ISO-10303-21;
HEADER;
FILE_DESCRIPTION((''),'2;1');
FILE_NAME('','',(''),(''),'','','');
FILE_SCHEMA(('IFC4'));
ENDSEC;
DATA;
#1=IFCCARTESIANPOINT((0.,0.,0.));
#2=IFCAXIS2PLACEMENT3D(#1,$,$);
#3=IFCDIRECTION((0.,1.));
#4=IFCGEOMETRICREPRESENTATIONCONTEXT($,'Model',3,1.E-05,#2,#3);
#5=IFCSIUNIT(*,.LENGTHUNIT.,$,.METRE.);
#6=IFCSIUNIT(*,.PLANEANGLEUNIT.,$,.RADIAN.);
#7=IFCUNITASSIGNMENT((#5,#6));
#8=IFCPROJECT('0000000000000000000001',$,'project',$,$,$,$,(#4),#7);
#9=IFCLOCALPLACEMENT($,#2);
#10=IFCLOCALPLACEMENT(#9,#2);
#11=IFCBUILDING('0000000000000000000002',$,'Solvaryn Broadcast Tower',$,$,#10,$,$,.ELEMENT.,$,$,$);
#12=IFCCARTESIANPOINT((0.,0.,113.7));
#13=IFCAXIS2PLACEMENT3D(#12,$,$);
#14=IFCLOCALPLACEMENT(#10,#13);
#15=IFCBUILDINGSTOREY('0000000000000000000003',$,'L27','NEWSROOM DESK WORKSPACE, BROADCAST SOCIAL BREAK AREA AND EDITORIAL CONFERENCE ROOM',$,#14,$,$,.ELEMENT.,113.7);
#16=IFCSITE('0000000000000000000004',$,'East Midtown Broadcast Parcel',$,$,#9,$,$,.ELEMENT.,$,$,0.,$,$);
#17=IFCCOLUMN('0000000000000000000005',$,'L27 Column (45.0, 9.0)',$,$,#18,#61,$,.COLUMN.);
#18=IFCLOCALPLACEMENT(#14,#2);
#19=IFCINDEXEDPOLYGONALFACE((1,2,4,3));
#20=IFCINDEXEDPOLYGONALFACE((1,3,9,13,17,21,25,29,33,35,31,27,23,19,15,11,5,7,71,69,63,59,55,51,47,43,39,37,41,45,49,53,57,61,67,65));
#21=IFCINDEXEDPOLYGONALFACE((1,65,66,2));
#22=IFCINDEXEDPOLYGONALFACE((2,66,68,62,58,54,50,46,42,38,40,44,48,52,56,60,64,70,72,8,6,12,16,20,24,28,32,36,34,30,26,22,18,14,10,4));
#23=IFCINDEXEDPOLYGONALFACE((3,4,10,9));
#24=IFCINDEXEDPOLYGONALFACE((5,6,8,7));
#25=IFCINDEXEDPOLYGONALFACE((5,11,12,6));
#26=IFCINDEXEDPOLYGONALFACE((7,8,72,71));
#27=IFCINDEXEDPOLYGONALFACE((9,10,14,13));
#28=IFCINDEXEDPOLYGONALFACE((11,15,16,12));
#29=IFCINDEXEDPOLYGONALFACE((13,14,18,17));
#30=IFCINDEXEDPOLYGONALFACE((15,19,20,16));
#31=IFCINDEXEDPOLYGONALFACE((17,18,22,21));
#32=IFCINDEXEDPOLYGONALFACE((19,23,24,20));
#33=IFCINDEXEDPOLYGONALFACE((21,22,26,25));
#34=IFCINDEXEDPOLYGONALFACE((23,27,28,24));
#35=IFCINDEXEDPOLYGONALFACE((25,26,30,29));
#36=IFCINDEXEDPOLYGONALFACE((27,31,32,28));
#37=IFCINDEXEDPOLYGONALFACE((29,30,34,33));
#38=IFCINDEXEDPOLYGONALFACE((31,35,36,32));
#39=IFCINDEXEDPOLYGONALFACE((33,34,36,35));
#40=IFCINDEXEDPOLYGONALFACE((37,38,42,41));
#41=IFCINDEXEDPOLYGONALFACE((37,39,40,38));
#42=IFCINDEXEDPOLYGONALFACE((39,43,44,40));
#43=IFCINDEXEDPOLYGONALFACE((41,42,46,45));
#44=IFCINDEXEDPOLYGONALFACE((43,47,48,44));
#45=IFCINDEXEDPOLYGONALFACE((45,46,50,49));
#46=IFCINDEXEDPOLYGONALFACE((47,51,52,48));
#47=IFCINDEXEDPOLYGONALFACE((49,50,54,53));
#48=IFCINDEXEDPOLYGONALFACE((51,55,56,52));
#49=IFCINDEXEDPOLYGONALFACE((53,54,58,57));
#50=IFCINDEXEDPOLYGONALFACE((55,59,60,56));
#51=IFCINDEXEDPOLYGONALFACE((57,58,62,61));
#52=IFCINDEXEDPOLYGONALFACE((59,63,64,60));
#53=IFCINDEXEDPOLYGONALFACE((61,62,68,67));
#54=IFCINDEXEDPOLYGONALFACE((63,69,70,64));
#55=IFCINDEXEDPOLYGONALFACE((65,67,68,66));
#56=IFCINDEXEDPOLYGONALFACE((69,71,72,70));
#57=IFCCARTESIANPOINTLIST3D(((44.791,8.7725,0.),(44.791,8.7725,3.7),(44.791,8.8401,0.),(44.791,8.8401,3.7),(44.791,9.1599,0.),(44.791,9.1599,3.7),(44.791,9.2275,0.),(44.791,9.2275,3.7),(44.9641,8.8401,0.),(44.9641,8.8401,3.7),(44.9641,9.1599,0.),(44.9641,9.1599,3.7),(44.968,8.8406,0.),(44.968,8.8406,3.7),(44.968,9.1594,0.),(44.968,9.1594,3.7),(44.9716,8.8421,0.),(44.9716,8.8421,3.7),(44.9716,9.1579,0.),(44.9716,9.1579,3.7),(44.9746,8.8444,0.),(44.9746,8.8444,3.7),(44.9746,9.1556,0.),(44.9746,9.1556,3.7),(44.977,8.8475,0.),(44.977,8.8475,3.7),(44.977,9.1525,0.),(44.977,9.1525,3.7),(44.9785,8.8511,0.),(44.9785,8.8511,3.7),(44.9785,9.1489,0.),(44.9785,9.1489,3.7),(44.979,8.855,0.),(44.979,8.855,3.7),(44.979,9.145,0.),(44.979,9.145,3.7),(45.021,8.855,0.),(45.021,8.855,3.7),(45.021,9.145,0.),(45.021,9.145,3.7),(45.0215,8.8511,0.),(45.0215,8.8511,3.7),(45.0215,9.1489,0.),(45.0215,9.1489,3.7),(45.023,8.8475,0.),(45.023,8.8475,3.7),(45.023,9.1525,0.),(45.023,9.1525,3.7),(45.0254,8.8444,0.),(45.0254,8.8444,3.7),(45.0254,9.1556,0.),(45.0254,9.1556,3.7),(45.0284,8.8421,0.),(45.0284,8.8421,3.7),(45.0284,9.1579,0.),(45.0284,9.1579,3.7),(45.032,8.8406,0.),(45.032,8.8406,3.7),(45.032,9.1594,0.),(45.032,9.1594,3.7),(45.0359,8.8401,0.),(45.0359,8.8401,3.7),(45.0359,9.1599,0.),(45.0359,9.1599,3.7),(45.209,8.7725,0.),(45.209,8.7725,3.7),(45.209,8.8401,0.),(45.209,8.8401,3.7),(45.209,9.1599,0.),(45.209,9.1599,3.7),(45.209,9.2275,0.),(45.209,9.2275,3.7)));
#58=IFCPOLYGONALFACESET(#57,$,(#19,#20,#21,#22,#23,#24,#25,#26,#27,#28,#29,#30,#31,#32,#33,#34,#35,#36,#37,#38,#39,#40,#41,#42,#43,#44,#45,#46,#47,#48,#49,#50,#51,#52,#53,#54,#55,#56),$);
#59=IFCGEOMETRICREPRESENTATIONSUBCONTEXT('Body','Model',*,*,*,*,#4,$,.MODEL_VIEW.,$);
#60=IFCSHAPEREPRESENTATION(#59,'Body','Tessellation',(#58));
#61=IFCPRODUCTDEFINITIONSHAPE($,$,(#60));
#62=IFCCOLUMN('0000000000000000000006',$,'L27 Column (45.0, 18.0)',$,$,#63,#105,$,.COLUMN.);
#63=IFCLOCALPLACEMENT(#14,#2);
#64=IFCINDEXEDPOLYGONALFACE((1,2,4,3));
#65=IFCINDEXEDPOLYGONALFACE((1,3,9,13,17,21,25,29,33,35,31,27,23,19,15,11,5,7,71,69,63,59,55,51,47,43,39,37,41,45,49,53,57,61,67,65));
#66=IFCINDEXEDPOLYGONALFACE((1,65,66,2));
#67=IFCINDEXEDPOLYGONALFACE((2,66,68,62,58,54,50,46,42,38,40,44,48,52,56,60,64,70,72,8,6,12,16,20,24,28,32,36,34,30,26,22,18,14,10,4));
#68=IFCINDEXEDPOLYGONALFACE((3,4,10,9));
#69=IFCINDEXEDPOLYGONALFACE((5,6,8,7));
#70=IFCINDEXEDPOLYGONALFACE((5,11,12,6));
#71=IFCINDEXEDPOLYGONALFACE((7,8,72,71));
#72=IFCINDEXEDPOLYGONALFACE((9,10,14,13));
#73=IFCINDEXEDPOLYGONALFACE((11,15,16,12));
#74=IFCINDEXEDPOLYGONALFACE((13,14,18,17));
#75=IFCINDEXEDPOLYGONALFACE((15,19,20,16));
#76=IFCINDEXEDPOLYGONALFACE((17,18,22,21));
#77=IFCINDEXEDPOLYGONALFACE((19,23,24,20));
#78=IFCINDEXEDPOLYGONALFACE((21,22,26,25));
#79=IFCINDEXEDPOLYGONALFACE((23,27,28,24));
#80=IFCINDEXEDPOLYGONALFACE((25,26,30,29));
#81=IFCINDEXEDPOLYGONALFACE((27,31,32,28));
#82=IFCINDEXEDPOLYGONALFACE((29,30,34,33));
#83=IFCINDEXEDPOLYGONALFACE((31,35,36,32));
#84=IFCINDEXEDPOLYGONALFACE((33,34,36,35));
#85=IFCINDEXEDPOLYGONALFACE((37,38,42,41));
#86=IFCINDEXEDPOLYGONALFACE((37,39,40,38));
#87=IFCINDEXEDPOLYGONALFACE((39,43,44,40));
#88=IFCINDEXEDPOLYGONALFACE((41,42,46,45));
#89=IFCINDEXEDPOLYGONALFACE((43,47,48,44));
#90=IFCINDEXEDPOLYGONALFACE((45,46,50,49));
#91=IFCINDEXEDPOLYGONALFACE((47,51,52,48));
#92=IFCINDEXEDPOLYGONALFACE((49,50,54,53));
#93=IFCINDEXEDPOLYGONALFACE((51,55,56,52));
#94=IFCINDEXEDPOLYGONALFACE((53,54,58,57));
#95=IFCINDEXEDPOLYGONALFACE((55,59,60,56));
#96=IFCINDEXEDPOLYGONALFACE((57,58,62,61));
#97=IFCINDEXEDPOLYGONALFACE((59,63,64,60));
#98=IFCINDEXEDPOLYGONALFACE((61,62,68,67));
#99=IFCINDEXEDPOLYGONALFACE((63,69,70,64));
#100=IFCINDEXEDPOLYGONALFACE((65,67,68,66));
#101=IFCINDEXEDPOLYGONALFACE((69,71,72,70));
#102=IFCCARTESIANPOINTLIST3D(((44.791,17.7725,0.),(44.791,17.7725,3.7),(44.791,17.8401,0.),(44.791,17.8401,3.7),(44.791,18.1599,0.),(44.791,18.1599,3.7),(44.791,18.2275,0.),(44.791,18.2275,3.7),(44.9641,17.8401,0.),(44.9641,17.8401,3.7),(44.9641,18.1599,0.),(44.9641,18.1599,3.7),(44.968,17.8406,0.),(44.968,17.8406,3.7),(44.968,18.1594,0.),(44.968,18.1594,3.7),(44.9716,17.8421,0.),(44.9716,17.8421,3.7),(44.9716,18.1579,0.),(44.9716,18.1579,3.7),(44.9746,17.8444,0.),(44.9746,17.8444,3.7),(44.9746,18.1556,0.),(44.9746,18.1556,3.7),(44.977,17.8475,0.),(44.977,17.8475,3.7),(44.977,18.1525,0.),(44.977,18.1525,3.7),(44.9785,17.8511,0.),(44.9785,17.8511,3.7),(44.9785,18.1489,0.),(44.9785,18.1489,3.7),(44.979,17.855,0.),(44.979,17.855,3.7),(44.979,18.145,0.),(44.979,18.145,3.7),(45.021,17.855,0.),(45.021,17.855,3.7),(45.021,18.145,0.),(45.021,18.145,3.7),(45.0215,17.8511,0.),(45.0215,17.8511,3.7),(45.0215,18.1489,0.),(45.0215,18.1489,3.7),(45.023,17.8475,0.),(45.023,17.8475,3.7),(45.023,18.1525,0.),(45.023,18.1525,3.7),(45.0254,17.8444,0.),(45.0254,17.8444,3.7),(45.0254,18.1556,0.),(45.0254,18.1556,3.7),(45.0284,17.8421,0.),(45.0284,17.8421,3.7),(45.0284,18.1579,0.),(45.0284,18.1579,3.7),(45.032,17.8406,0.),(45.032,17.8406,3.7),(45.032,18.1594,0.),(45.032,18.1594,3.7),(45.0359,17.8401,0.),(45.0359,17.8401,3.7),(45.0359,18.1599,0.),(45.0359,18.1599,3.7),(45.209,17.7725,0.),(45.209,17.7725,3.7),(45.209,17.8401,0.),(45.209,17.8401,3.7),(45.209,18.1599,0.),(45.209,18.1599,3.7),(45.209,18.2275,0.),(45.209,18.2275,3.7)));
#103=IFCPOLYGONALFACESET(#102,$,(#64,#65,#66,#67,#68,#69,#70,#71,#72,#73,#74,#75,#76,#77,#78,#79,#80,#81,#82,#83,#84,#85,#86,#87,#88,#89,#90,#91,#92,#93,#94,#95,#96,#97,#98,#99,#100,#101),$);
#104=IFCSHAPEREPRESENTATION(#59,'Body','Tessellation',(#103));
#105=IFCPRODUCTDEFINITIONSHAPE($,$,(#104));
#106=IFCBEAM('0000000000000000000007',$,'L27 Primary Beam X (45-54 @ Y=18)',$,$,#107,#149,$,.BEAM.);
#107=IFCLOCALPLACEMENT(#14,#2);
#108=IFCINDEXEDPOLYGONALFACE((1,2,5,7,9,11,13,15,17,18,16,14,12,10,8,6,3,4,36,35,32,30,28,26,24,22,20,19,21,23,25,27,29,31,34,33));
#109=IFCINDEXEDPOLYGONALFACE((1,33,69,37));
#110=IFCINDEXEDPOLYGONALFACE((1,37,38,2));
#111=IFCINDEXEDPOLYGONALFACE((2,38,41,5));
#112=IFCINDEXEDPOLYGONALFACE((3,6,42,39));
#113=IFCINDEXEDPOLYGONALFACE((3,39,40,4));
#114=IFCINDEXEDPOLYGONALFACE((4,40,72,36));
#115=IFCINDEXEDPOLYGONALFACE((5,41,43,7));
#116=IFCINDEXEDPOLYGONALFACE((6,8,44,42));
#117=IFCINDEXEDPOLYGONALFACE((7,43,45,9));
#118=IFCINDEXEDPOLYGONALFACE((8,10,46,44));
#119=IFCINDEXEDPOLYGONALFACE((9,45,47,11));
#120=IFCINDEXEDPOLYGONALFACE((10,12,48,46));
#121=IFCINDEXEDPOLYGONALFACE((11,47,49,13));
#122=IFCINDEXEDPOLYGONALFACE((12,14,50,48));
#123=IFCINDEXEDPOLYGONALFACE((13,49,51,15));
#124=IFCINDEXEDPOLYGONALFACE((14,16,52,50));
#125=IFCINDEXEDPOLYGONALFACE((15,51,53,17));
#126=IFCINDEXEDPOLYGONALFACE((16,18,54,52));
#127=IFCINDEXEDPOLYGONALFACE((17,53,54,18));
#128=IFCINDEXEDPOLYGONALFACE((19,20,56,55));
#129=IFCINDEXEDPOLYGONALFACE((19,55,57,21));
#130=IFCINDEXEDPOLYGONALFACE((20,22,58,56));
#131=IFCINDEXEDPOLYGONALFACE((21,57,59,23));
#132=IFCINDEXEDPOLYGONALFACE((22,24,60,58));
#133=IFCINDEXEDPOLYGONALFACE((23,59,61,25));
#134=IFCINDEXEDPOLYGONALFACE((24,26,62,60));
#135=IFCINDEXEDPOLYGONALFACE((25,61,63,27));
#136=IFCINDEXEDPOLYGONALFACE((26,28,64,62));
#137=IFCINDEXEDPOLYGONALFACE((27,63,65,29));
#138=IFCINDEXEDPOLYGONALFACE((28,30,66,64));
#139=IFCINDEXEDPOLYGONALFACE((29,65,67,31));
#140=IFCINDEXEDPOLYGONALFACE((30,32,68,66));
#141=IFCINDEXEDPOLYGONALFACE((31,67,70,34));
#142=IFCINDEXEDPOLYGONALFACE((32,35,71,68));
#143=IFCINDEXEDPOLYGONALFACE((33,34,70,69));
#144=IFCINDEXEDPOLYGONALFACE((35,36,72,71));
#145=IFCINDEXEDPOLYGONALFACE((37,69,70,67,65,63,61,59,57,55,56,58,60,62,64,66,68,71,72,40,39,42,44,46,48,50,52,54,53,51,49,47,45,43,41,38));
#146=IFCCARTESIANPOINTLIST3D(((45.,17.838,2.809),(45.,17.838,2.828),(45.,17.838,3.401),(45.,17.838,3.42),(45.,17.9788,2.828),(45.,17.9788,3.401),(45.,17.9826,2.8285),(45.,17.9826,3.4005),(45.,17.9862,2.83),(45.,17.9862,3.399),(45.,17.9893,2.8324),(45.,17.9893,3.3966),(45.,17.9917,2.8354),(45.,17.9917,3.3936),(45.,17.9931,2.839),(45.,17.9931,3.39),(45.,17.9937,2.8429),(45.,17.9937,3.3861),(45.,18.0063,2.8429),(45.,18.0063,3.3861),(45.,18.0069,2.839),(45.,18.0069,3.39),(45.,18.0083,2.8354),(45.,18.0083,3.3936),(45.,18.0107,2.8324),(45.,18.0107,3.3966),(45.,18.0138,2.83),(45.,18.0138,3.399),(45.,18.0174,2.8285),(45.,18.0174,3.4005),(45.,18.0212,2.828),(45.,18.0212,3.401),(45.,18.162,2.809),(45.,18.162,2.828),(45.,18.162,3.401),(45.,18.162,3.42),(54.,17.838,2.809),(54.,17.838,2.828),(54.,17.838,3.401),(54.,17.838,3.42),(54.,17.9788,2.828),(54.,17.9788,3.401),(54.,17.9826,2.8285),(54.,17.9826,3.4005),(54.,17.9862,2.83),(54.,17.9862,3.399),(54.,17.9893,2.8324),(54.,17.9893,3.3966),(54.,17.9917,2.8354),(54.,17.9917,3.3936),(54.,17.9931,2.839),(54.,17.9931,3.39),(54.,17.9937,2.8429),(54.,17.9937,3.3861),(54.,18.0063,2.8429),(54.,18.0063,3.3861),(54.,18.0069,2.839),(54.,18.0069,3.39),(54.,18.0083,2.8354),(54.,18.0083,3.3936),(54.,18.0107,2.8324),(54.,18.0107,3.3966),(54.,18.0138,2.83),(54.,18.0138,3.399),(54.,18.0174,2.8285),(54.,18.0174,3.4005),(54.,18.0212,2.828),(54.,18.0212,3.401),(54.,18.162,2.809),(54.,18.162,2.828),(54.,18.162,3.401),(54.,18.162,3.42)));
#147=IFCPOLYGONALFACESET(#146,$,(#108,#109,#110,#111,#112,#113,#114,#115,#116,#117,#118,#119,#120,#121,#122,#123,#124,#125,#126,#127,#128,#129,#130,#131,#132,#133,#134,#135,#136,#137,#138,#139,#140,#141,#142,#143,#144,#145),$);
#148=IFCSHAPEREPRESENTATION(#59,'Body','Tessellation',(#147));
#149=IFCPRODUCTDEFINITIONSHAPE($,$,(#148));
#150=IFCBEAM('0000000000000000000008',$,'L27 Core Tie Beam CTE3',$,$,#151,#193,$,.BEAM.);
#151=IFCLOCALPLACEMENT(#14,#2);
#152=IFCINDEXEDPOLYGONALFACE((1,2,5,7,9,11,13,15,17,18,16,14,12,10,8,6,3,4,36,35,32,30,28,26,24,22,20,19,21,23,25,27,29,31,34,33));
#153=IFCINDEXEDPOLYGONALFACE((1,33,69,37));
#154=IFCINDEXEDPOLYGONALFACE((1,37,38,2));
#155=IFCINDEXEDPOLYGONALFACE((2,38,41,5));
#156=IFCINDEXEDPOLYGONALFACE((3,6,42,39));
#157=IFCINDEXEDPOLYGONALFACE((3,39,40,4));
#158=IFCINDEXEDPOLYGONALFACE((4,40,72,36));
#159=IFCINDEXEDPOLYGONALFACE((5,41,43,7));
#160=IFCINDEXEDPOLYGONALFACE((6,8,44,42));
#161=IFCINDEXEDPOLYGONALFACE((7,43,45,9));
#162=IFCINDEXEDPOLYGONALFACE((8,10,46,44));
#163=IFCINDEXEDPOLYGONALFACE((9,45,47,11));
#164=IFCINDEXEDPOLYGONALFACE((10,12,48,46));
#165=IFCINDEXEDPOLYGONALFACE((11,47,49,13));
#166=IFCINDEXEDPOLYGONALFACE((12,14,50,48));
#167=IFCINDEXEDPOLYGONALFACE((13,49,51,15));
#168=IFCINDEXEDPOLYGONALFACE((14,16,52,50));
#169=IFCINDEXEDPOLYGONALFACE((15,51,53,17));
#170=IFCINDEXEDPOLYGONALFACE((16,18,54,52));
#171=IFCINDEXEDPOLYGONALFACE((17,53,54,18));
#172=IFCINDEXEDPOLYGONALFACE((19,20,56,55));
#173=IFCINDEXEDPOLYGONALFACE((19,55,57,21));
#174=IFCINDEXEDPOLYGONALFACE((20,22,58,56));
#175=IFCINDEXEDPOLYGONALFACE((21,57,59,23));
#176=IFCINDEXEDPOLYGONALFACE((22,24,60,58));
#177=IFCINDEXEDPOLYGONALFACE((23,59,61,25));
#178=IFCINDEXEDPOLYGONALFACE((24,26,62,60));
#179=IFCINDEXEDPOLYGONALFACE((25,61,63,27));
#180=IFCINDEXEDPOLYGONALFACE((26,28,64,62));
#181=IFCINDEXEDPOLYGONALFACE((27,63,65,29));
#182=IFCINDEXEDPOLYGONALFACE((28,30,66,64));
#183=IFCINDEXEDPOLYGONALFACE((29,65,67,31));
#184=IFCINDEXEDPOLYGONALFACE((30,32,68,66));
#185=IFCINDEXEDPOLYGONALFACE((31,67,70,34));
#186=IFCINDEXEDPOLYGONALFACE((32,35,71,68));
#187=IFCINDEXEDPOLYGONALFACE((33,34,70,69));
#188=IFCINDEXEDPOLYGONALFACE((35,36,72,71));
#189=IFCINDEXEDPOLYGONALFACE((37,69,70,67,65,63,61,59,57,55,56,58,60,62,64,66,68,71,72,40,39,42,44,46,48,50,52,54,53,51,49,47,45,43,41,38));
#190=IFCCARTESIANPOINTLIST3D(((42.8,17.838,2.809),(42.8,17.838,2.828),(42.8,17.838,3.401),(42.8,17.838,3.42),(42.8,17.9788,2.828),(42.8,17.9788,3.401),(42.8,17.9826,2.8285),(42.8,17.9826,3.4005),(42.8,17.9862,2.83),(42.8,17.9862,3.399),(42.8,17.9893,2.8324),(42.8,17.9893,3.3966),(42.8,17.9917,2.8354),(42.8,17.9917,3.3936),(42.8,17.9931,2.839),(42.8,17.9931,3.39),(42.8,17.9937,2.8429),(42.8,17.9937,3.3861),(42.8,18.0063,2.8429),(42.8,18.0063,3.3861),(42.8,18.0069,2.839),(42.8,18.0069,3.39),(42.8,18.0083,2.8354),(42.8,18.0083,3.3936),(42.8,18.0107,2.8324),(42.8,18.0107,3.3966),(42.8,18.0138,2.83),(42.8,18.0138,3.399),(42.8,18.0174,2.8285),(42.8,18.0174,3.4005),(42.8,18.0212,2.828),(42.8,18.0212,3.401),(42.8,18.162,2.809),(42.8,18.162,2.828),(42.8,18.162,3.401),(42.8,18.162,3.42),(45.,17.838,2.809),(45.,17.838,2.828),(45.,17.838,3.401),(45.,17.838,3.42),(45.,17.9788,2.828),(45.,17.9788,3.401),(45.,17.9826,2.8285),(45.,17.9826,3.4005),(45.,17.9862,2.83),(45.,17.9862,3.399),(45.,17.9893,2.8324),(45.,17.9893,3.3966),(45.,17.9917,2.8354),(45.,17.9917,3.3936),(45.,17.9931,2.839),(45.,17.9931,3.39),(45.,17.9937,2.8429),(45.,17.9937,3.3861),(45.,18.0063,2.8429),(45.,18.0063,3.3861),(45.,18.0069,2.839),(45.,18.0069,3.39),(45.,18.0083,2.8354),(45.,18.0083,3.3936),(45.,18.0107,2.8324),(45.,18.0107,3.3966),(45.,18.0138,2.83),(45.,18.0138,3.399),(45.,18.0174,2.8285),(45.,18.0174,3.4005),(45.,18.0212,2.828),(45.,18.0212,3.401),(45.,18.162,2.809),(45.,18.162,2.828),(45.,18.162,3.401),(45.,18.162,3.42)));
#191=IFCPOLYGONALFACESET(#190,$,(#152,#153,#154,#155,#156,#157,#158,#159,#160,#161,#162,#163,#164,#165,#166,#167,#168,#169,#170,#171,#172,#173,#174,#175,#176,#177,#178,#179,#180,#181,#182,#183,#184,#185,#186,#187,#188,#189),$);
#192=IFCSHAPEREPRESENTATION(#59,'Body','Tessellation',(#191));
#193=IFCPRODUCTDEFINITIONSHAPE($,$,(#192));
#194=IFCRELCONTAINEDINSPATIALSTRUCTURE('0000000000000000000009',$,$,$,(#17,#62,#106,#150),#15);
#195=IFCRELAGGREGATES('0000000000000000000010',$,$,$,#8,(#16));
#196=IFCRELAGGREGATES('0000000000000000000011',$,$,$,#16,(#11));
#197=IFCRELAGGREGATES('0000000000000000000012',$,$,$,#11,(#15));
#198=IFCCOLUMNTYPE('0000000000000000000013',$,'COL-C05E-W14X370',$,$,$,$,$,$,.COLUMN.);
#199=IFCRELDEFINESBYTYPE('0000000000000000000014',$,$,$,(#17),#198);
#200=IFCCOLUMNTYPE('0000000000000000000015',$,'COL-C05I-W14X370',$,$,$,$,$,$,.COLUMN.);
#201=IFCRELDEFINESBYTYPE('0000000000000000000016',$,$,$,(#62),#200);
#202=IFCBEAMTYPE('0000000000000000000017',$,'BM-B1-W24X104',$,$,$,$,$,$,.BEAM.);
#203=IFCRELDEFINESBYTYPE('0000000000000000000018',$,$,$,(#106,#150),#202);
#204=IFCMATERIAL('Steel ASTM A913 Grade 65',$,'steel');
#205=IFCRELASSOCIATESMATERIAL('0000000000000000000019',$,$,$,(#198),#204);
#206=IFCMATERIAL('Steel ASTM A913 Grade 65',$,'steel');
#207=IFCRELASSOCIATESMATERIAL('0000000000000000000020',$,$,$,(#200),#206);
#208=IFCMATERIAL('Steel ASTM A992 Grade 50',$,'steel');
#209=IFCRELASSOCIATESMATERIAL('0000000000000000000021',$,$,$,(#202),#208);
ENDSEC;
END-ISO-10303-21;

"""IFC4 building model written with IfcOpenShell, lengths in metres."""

from ifc_helpers import new_model, si_unit, direction, frame, origin, origin_2d, place, context, subcontext, project, spatial, i_section, extrude, material, material_profile, profile_set, type_object, element, save


model = new_model("IFC4")

# Units and contexts
model_context = context("Model", 3, precision=1e-05, world=origin(), true_north=direction((0.0, 1.0)))
body_context = subcontext(model_context, "Body", "Model", "MODEL_VIEW")
ifc_project = project(units=[si_unit("LENGTHUNIT", "METRE"), si_unit("PLANEANGLEUNIT", "RADIAN")], contexts=[model_context])

# Site, building, storey
site_placement = place(None, origin())
site = spatial("IfcSite", under=ifc_project, at=site_placement, Name="East Midtown Broadcast Parcel", CompositionType="ELEMENT", RefElevation=0.0)
building_placement = place(site_placement, origin())
building = spatial("IfcBuilding", under=site, at=building_placement, Name="Solvaryn Broadcast Tower", CompositionType="ELEMENT")
storey_placement = place(building_placement, frame((0.0, 0.0, 113.7)))
storey = spatial("IfcBuildingStorey", under=building, at=storey_placement, Name="L27", Description="NEWSROOM DESK WORKSPACE, BROADCAST SOCIAL BREAK AREA AND EDITORIAL CONFERENCE ROOM", CompositionType="ELEMENT", Elevation=113.7)

# Columns
ifc_material_1 = material(Name="Steel ASTM A913 Grade 65", Category="steel")
ifc_material_profile_1 = material_profile(ifc_material_1, i_section(OverallWidth=0.418, OverallDepth=0.4551, WebThickness=0.042, FlangeThickness=0.0676, FilletRadius=0.0149, at=origin_2d()))
ifc_profile_set_1 = profile_set([ifc_material_profile_1], Name="Steel ASTM A913 Grade 65")
column_type_1 = type_object("IfcColumnType", Name="COL-C05E-W14X370", PredefinedType="COLUMN", material=ifc_profile_set_1)
column_1_placement = place(storey_placement, frame((45.0, 9.0, 0.0), z_axis=(0.0, 0.0, 1.0), x_axis=(1.0, 0.0, 0.0)))
element("IfcColumn", 1, at=column_1_placement, inside=storey, type_object=column_type_1, Name="L27 Column (45.0, 9.0)", PredefinedType="COLUMN", context=body_context, shape_type="SweptSolid", body=[
    extrude(i_section(OverallWidth=0.418, OverallDepth=0.4551, WebThickness=0.042, FlangeThickness=0.0676, FilletRadius=0.0149, at=origin_2d()), origin(), (0.0, 0.0, 1.0), 3.7),
])
ifc_material_2 = material(Name="Steel ASTM A913 Grade 65", Category="steel")
ifc_material_profile_2 = material_profile(ifc_material_2, i_section(OverallWidth=0.418, OverallDepth=0.4551, WebThickness=0.042, FlangeThickness=0.0676, FilletRadius=0.0149, at=origin_2d()))
ifc_profile_set_2 = profile_set([ifc_material_profile_2], Name="Steel ASTM A913 Grade 65")
column_type_2 = type_object("IfcColumnType", Name="COL-C05I-W14X370", PredefinedType="COLUMN", material=ifc_profile_set_2)
column_2_placement = place(storey_placement, frame((45.0, 18.0, 0.0), z_axis=(0.0, 0.0, 1.0), x_axis=(1.0, 0.0, 0.0)))
element("IfcColumn", 2, at=column_2_placement, inside=storey, type_object=column_type_2, Name="L27 Column (45.0, 18.0)", PredefinedType="COLUMN", context=body_context, shape_type="SweptSolid", body=[
    extrude(i_section(OverallWidth=0.418, OverallDepth=0.4551, WebThickness=0.042, FlangeThickness=0.0676, FilletRadius=0.0149, at=origin_2d()), origin(), (0.0, 0.0, 1.0), 3.7),
])

# Beams
ifc_material_3 = material(Name="Steel ASTM A992 Grade 50", Category="steel")
ifc_material_profile_3 = material_profile(ifc_material_3, i_section(OverallWidth=0.324, OverallDepth=0.6111, WebThickness=0.0127, FlangeThickness=0.019, FilletRadius=0.0149, at=origin_2d()))
ifc_profile_set_3 = profile_set([ifc_material_profile_3], Name="Steel ASTM A992 Grade 50")
beam_type = type_object("IfcBeamType", Name="BM-B1-W24X104", PredefinedType="BEAM", material=ifc_profile_set_3)
beam_1_placement = place(storey_placement, frame((45.0, 18.0, 3.1145), z_axis=(1.0, 0.0, 0.0), x_axis=(0.0, 1.0, 0.0)))
element("IfcBeam", 3, at=beam_1_placement, inside=storey, type_object=beam_type, Name="L27 Primary Beam X (45-54 @ Y=18)", PredefinedType="BEAM", context=body_context, shape_type="SweptSolid", body=[
    extrude(i_section(OverallWidth=0.324, OverallDepth=0.6111, WebThickness=0.0127, FlangeThickness=0.019, FilletRadius=0.0149, at=origin_2d()), origin(), (0.0, 0.0, 1.0), 9.0),
])
beam_2_placement = place(storey_placement, frame((42.8, 18.0, 3.1145), z_axis=(1.0, 0.0, 0.0), x_axis=(0.0, 1.0, 0.0)))
element("IfcBeam", 4, at=beam_2_placement, inside=storey, type_object=beam_type, Name="L27 Core Tie Beam CTE3", PredefinedType="BEAM", context=body_context, shape_type="SweptSolid", body=[
    extrude(i_section(OverallWidth=0.324, OverallDepth=0.6111, WebThickness=0.0127, FlangeThickness=0.019, FilletRadius=0.0149, at=origin_2d()), origin(), (0.0, 0.0, 1.0), 2.2),
])

save(model, "model.ifc")
